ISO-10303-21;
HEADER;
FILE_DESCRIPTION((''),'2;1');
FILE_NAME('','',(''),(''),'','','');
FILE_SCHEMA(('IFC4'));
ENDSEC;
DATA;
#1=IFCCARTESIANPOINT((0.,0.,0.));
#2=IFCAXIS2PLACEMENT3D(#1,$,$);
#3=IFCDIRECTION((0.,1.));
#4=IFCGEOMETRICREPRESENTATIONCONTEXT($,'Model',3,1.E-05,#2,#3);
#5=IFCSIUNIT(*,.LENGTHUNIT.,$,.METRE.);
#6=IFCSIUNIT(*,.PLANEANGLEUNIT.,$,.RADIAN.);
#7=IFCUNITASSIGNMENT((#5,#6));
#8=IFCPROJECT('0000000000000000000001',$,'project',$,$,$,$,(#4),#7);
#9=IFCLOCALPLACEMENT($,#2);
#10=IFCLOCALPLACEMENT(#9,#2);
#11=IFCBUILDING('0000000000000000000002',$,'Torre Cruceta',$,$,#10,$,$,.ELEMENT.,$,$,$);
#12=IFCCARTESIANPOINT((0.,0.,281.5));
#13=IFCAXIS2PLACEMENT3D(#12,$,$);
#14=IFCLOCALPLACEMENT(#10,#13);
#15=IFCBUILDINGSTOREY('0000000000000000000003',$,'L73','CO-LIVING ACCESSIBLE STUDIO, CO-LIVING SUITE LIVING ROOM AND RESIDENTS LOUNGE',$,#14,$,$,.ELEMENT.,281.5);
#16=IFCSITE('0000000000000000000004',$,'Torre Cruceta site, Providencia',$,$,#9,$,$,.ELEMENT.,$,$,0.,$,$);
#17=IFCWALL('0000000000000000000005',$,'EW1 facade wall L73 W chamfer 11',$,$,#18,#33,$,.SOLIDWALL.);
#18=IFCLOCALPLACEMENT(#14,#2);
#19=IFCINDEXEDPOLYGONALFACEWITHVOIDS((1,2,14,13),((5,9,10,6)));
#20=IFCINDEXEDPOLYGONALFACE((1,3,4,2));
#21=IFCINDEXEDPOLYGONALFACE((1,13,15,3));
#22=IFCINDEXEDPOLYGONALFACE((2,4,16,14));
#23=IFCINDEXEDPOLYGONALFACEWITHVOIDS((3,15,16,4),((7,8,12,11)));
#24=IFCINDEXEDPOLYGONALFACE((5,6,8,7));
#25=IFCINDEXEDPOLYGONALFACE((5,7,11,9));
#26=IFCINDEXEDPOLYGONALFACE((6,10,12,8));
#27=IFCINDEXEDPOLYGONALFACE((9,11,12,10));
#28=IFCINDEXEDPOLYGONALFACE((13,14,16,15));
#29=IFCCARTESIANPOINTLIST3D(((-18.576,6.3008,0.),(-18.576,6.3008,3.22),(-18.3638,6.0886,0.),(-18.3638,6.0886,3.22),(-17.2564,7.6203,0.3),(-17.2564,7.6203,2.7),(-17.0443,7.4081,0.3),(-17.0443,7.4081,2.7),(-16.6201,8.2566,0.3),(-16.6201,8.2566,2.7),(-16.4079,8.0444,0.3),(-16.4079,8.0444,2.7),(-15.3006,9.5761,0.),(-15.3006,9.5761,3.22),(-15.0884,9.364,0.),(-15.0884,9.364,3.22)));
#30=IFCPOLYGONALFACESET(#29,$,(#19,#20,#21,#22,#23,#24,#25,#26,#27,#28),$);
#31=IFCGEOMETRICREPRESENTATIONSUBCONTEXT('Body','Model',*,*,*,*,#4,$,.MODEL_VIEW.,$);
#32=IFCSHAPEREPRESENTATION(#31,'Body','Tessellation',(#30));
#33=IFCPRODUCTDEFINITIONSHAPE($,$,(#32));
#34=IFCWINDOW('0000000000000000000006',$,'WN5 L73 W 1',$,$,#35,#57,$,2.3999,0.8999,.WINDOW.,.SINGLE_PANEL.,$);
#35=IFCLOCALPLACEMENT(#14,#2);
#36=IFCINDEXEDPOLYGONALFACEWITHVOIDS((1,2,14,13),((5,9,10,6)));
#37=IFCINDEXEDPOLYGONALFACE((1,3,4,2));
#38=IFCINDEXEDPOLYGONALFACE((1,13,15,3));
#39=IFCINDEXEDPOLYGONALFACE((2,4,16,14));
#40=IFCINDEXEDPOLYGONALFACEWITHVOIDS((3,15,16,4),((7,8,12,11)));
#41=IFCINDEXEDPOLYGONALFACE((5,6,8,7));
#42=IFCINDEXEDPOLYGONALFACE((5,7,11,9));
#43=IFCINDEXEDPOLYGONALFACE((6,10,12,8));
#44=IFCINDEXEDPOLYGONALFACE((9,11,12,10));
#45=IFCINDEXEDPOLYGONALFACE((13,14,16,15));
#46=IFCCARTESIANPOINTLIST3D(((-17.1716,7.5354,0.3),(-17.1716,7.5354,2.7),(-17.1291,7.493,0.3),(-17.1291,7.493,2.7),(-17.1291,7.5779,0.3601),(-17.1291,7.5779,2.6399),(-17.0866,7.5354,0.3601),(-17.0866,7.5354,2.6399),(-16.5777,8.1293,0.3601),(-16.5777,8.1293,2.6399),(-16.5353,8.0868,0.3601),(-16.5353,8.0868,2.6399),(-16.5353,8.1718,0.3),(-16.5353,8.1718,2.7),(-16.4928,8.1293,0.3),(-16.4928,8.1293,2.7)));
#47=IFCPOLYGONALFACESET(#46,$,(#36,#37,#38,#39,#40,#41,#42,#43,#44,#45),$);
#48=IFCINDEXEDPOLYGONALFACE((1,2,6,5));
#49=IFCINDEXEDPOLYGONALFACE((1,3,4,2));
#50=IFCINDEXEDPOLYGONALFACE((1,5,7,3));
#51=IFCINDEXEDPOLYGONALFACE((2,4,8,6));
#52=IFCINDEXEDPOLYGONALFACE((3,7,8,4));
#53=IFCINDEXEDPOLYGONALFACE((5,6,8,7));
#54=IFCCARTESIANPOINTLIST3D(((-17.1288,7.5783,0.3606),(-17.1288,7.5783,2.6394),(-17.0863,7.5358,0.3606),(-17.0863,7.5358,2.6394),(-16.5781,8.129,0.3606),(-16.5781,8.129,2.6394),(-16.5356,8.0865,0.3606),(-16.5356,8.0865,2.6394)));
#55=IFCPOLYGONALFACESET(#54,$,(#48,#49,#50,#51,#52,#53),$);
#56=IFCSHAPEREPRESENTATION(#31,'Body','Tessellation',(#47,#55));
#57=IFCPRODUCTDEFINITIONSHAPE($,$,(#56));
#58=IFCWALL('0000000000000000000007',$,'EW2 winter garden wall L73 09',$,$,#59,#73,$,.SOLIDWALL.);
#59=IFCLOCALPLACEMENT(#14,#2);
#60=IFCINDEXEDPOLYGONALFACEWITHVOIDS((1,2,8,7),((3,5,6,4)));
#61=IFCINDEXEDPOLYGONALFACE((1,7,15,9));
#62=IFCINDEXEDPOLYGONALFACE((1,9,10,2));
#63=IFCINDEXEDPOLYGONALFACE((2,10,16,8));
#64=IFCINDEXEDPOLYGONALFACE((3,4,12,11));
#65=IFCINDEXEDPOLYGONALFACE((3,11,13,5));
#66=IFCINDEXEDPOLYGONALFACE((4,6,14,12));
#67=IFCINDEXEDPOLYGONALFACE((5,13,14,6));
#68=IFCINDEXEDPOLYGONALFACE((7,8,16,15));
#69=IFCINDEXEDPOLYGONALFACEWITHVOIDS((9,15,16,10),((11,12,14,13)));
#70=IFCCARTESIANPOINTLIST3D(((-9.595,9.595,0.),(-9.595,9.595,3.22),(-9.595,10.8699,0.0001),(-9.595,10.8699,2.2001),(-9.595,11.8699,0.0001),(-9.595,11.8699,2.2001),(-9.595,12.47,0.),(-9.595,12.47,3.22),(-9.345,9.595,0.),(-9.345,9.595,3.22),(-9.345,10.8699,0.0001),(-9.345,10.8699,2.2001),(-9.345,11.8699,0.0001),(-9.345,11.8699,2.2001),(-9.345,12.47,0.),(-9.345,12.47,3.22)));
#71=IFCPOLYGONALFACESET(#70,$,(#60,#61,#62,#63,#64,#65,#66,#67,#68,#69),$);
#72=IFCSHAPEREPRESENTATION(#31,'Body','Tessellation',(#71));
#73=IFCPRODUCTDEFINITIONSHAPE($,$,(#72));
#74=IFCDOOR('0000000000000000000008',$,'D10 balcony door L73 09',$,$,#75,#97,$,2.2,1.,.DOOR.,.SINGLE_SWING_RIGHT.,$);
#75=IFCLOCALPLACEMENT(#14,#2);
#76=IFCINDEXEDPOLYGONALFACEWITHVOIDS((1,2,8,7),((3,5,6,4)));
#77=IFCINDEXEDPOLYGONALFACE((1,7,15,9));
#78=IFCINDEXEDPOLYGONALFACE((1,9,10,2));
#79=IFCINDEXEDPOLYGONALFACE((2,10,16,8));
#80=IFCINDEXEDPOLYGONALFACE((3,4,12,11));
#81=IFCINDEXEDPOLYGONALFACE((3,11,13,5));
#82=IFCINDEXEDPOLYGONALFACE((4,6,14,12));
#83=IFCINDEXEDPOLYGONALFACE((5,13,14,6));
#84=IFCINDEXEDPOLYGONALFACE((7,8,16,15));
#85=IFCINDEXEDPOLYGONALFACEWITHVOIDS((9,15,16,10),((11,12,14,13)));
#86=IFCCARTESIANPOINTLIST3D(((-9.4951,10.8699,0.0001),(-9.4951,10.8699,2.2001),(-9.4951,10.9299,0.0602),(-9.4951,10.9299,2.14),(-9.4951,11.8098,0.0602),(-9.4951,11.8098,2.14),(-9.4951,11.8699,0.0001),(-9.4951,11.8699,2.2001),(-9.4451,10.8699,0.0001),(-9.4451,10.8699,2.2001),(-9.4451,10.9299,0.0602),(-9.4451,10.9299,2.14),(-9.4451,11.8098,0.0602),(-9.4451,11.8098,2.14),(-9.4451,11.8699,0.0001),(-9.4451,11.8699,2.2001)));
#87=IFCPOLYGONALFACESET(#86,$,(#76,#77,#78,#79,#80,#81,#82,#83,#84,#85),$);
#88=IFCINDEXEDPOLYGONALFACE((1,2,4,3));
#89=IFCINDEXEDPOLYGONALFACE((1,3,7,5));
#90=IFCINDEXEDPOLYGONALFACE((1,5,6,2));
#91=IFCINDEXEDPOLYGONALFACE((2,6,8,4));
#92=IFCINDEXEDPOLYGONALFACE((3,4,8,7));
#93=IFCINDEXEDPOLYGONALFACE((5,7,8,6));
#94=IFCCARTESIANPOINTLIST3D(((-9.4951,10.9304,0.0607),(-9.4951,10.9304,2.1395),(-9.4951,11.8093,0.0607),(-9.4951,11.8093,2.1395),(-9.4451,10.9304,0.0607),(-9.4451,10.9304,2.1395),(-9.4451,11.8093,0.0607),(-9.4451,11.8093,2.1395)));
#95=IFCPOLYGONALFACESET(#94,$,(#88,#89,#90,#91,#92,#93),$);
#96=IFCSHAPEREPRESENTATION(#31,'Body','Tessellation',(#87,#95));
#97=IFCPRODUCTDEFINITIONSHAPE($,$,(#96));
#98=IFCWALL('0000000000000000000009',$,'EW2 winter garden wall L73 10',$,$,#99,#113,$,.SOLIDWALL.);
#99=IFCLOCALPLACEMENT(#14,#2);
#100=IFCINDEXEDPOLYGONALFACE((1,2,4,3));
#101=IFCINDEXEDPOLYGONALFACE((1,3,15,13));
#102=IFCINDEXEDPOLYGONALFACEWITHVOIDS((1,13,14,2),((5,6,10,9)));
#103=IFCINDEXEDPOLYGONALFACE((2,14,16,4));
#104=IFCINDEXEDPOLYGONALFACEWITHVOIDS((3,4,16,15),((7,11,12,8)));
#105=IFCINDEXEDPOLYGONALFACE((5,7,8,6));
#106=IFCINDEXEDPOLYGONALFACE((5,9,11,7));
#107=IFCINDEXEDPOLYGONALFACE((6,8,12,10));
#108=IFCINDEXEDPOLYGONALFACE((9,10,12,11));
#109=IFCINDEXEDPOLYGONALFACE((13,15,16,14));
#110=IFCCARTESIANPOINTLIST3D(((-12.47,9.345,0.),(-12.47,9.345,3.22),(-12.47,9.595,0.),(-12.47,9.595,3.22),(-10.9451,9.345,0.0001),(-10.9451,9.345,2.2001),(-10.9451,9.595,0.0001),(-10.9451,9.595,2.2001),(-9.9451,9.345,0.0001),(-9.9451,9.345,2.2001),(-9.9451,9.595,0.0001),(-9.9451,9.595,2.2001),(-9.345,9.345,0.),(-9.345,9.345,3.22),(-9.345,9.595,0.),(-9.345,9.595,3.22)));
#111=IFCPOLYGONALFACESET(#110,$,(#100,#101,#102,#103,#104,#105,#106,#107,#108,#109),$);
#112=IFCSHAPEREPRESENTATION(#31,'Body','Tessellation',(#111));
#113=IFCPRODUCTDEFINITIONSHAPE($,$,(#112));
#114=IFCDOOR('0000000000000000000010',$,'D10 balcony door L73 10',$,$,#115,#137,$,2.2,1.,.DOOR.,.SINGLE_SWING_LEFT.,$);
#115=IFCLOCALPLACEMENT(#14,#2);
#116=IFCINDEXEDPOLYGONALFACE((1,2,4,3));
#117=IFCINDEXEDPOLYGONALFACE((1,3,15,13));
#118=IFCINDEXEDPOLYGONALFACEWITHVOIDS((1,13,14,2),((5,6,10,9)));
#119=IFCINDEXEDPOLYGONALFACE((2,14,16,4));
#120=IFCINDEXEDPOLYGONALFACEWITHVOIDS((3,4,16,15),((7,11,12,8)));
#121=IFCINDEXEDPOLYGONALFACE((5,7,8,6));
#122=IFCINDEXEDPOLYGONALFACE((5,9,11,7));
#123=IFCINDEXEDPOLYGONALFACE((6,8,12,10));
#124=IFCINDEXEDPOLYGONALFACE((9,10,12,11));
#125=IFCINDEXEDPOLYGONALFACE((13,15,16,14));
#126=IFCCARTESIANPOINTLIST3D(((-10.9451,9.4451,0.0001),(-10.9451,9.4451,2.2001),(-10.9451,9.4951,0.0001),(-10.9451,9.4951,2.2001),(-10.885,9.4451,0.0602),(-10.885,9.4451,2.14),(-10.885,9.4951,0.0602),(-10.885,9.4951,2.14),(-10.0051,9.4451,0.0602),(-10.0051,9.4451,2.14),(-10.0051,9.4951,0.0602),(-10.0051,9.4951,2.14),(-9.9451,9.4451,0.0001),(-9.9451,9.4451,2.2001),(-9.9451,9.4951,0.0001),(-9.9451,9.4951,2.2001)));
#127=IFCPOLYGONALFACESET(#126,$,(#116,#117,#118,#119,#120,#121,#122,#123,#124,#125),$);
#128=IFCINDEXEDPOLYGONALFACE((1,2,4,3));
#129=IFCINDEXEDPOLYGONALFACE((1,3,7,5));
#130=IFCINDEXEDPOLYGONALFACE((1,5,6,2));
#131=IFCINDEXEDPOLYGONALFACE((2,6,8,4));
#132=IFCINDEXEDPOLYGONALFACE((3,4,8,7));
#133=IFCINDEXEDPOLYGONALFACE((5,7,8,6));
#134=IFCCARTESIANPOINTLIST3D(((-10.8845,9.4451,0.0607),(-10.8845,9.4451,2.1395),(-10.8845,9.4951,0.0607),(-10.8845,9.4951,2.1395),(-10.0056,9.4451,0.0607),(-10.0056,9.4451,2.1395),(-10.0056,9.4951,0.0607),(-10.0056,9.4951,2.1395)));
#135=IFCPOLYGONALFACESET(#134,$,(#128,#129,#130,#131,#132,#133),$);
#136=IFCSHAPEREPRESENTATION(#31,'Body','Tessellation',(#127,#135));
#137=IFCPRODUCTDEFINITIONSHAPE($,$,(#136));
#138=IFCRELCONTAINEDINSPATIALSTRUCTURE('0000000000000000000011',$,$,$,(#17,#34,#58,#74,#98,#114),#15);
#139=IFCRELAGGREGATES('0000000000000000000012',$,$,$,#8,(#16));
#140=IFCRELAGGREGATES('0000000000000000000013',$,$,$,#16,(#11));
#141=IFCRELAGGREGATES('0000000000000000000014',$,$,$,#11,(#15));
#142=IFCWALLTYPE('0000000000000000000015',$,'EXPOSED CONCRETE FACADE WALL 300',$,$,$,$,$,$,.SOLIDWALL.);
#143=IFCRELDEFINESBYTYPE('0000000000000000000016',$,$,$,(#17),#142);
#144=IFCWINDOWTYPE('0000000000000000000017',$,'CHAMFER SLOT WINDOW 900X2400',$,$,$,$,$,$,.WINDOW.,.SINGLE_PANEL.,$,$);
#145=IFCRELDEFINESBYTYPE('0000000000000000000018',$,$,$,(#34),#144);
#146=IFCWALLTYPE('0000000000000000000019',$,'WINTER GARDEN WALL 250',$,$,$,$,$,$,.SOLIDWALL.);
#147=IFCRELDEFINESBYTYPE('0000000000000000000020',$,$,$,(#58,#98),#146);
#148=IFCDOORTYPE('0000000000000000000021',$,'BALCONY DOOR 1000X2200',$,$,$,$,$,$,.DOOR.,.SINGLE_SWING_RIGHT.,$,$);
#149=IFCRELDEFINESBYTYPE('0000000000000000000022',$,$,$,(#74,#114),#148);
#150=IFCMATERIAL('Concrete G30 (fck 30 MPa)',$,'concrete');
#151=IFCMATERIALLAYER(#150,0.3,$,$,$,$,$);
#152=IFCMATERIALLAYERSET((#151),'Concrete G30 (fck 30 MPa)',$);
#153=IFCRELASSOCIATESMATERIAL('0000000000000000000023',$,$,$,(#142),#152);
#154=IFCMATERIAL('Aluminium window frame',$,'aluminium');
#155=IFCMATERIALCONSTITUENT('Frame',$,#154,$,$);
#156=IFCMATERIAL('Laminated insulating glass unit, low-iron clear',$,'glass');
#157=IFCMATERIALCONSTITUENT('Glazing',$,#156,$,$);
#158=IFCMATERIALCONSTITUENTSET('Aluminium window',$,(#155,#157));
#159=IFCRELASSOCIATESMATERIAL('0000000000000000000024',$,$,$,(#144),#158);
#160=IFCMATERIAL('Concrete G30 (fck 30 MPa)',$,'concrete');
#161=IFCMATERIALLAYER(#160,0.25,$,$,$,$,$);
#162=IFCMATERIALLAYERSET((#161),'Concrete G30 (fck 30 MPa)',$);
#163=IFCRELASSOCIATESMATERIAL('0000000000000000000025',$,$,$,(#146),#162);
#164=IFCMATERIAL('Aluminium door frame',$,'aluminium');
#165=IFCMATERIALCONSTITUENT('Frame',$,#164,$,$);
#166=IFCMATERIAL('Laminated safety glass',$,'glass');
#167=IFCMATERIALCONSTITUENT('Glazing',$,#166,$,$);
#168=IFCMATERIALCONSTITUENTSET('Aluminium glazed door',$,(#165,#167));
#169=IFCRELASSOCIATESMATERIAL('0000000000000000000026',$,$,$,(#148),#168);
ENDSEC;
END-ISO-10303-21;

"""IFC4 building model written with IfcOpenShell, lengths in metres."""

from ifc_helpers import new_model, si_unit, direction, frame, frame_2d, origin, place, context, subcontext, project, spatial, rectangle, hollow_rectangle, extrude, material, layer, layer_set, constituent, constituent_set, type_object, element, fill, save


model = new_model("IFC4")

# Units and contexts
model_context = context("Model", 3, precision=1e-05, world=origin(), true_north=direction((0.0, 1.0)))
body_context = subcontext(model_context, "Body", "Model", "MODEL_VIEW")
ifc_project = project(units=[si_unit("LENGTHUNIT", "METRE"), si_unit("PLANEANGLEUNIT", "RADIAN")], contexts=[model_context])

# Site, building, storey
site_placement = place(None, origin())
site = spatial("IfcSite", under=ifc_project, at=site_placement, Name="Torre Cruceta site, Providencia", CompositionType="ELEMENT", RefElevation=0.0)
building_placement = place(site_placement, origin())
building = spatial("IfcBuilding", under=site, at=building_placement, Name="Torre Cruceta", CompositionType="ELEMENT")
storey_placement = place(building_placement, frame((0.0, 0.0, 281.5)))
storey = spatial("IfcBuildingStorey", under=building, at=storey_placement, Name="L73", Description="CO-LIVING ACCESSIBLE STUDIO, CO-LIVING SUITE LIVING ROOM AND RESIDENTS LOUNGE", CompositionType="ELEMENT", Elevation=281.5)

# Wall, opening, window
ifc_material_1 = material(Name="Concrete G30 (fck 30 MPa)", Category="concrete")
ifc_layer_1 = layer(ifc_material_1, 0.3)
ifc_layer_set_1 = layer_set([ifc_layer_1], Name="Concrete G30 (fck 30 MPa)")
wall_type_1 = type_object("IfcWallType", Name="EXPOSED CONCRETE FACADE WALL 300", PredefinedType="SOLIDWALL", material=ifc_layer_set_1)
wall_1_placement = place(storey_placement, frame((-15.1946, 9.47, 0.0), z_axis=(0.0, 0.0, 1.0), x_axis=(-0.707107, -0.707107, 0.0)))
wall_1 = element("IfcWall", 1, at=wall_1_placement, inside=storey, type_object=wall_type_1, Name="EW1 facade wall L73 W chamfer 11", PredefinedType="SOLIDWALL", context=body_context, shape_type="SweptSolid", body=[
    extrude(rectangle(XDim=4.6321, YDim=0.3, at=frame_2d((2.3159, 0.0))), origin(), (0.0, 0.0, 1.0), 3.22),
])
opening_1_placement = place(wall_1_placement, frame((1.866, 0.0, 0.3)))
opening_1 = element("IfcOpeningElement", 2, at=opening_1_placement, cuts=wall_1, PredefinedType="OPENING", context=body_context, shape_type="SweptSolid", body=[
    extrude(rectangle(XDim=0.8999, YDim=2.3999, at=frame_2d((0.45, 1.2))), frame((0.0, 0.1599, 0.0), z_axis=(0.0, -1.0, 0.0), x_axis=(1.0, 0.0, 0.0)), (0.0, 0.0, 1.0), 0.3201),
])
ifc_material_2 = material(Name="Aluminium window frame", Category="aluminium")
ifc_constituent_1 = constituent(ifc_material_2, Name="Frame")
ifc_material_3 = material(Name="Laminated insulating glass unit, low-iron clear", Category="glass")
ifc_constituent_2 = constituent(ifc_material_3, Name="Glazing")
ifc_constituent_set_1 = constituent_set(constituents=[ifc_constituent_1, ifc_constituent_2], Name="Aluminium window")
window_type = type_object("IfcWindowType", Name="CHAMFER SLOT WINDOW 900X2400", PartitioningType="SINGLE_PANEL", PredefinedType="WINDOW", material=ifc_constituent_set_1)
window_placement = place(opening_1_placement, origin())
window = element("IfcWindow", 3, at=window_placement, inside=storey, type_object=window_type, Name="WN5 L73 W 1", OverallHeight=2.3999, OverallWidth=0.8999, PartitioningType="SINGLE_PANEL", PredefinedType="WINDOW", context=body_context, shape_type="SweptSolid", body=[
    extrude(hollow_rectangle(XDim=0.8999, YDim=2.3999, WallThickness=0.0601, at=frame_2d((0.45, 1.2))), frame((0.0, 0.03, 0.0), z_axis=(0.0, -1.0, 0.0), x_axis=(1.0, 0.0, 0.0)), (0.0, 0.0, 1.0), 0.0601),
    extrude(rectangle(XDim=0.7788, YDim=2.2788, at=frame_2d((0.45, 1.2))), frame((0.0, 0.03, 0.0), z_axis=(0.0, -1.0, 0.0), x_axis=(1.0, 0.0, 0.0)), (0.0, 0.0, 1.0), 0.0601),
])
fill(opening_1, window)

# Walls, openings, doors
ifc_material_4 = material(Name="Concrete G30 (fck 30 MPa)", Category="concrete")
ifc_layer_2 = layer(ifc_material_4, 0.25)
ifc_layer_set_2 = layer_set([ifc_layer_2], Name="Concrete G30 (fck 30 MPa)")
wall_type_2 = type_object("IfcWallType", Name="WINTER GARDEN WALL 250", PredefinedType="SOLIDWALL", material=ifc_layer_set_2)
wall_2_placement = place(storey_placement, frame((-9.47, 12.47, 0.0), z_axis=(0.0, 0.0, 1.0), x_axis=(0.0, -1.0, 0.0)))
wall_2 = element("IfcWall", 4, at=wall_2_placement, inside=storey, type_object=wall_type_2, Name="EW2 winter garden wall L73 09", PredefinedType="SOLIDWALL", context=body_context, shape_type="SweptSolid", body=[
    extrude(rectangle(XDim=2.875, YDim=0.25, at=frame_2d((1.4375, 0.0))), origin(), (0.0, 0.0, 1.0), 3.22),
])
opening_2_placement = place(wall_2_placement, frame((0.6001, 0.0, 0.0)))
opening_2 = element("IfcOpeningElement", 5, at=opening_2_placement, cuts=wall_2, PredefinedType="OPENING", context=body_context, shape_type="SweptSolid", body=[
    extrude(rectangle(XDim=1.0, YDim=2.2, at=frame_2d((0.5, 1.1001))), frame((0.0, 0.135, 0.0), z_axis=(0.0, -1.0, 0.0), x_axis=(1.0, 0.0, 0.0)), (0.0, 0.0, 1.0), 0.27),
])
ifc_material_5 = material(Name="Aluminium door frame", Category="aluminium")
ifc_constituent_3 = constituent(ifc_material_5, Name="Frame")
ifc_material_6 = material(Name="Laminated safety glass", Category="glass")
ifc_constituent_4 = constituent(ifc_material_6, Name="Glazing")
ifc_constituent_set_2 = constituent_set(constituents=[ifc_constituent_3, ifc_constituent_4], Name="Aluminium glazed door")
door_type_1 = type_object("IfcDoorType", Name="BALCONY DOOR 1000X2200", OperationType="SINGLE_SWING_RIGHT", PredefinedType="DOOR", material=ifc_constituent_set_2)
door_1_placement = place(opening_2_placement, origin())
door_1 = element("IfcDoor", 6, at=door_1_placement, inside=storey, type_object=door_type_1, Name="D10 balcony door L73 09", OperationType="SINGLE_SWING_RIGHT", OverallHeight=2.2, OverallWidth=1.0, PredefinedType="DOOR", context=body_context, shape_type="SweptSolid", body=[
    extrude(hollow_rectangle(XDim=1.0, YDim=2.2, WallThickness=0.0601, at=frame_2d((0.5, 1.1001))), frame((0.0, 0.0249, 0.0), z_axis=(0.0, -1.0, 0.0), x_axis=(1.0, 0.0, 0.0)), (0.0, 0.0, 1.0), 0.05),
    extrude(rectangle(XDim=0.8789, YDim=2.0789, at=frame_2d((0.5, 1.1001))), frame((0.0, 0.0249, 0.0), z_axis=(0.0, -1.0, 0.0), x_axis=(1.0, 0.0, 0.0)), (0.0, 0.0, 1.0), 0.05),
])
fill(opening_2, door_1)
wall_3_placement = place(storey_placement, frame((-9.345, 9.47, 0.0), z_axis=(0.0, 0.0, 1.0), x_axis=(-1.0, 0.0, 0.0)))
wall_3 = element("IfcWall", 7, at=wall_3_placement, inside=storey, type_object=wall_type_2, Name="EW2 winter garden wall L73 10", PredefinedType="SOLIDWALL", context=body_context, shape_type="SweptSolid", body=[
    extrude(rectangle(XDim=3.125, YDim=0.25, at=frame_2d((1.5625, 0.0))), origin(), (0.0, 0.0, 1.0), 3.22),
])
opening_3_placement = place(wall_3_placement, frame((0.6001, 0.0, 0.0)))
opening_3 = element("IfcOpeningElement", 8, at=opening_3_placement, cuts=wall_3, PredefinedType="OPENING", context=body_context, shape_type="SweptSolid", body=[
    extrude(rectangle(XDim=1.0, YDim=2.2, at=frame_2d((0.5, 1.1001))), frame((0.0, 0.135, 0.0), z_axis=(0.0, -1.0, 0.0), x_axis=(1.0, 0.0, 0.0)), (0.0, 0.0, 1.0), 0.27),
])
door_2_placement = place(opening_3_placement, origin())
door_2 = element("IfcDoor", 9, at=door_2_placement, inside=storey, type_object=door_type_1, Name="D10 balcony door L73 10", OperationType="SINGLE_SWING_LEFT", OverallHeight=2.2, OverallWidth=1.0, PredefinedType="DOOR", context=body_context, shape_type="SweptSolid", body=[
    extrude(hollow_rectangle(XDim=1.0, YDim=2.2, WallThickness=0.0601, at=frame_2d((0.5, 1.1001))), frame((0.0, 0.0249, 0.0), z_axis=(0.0, -1.0, 0.0), x_axis=(1.0, 0.0, 0.0)), (0.0, 0.0, 1.0), 0.05),
    extrude(rectangle(XDim=0.8789, YDim=2.0789, at=frame_2d((0.5, 1.1001))), frame((0.0, 0.0249, 0.0), z_axis=(0.0, -1.0, 0.0), x_axis=(1.0, 0.0, 0.0)), (0.0, 0.0, 1.0), 0.05),
])
fill(opening_3, door_2)

save(model, "model.ifc")
